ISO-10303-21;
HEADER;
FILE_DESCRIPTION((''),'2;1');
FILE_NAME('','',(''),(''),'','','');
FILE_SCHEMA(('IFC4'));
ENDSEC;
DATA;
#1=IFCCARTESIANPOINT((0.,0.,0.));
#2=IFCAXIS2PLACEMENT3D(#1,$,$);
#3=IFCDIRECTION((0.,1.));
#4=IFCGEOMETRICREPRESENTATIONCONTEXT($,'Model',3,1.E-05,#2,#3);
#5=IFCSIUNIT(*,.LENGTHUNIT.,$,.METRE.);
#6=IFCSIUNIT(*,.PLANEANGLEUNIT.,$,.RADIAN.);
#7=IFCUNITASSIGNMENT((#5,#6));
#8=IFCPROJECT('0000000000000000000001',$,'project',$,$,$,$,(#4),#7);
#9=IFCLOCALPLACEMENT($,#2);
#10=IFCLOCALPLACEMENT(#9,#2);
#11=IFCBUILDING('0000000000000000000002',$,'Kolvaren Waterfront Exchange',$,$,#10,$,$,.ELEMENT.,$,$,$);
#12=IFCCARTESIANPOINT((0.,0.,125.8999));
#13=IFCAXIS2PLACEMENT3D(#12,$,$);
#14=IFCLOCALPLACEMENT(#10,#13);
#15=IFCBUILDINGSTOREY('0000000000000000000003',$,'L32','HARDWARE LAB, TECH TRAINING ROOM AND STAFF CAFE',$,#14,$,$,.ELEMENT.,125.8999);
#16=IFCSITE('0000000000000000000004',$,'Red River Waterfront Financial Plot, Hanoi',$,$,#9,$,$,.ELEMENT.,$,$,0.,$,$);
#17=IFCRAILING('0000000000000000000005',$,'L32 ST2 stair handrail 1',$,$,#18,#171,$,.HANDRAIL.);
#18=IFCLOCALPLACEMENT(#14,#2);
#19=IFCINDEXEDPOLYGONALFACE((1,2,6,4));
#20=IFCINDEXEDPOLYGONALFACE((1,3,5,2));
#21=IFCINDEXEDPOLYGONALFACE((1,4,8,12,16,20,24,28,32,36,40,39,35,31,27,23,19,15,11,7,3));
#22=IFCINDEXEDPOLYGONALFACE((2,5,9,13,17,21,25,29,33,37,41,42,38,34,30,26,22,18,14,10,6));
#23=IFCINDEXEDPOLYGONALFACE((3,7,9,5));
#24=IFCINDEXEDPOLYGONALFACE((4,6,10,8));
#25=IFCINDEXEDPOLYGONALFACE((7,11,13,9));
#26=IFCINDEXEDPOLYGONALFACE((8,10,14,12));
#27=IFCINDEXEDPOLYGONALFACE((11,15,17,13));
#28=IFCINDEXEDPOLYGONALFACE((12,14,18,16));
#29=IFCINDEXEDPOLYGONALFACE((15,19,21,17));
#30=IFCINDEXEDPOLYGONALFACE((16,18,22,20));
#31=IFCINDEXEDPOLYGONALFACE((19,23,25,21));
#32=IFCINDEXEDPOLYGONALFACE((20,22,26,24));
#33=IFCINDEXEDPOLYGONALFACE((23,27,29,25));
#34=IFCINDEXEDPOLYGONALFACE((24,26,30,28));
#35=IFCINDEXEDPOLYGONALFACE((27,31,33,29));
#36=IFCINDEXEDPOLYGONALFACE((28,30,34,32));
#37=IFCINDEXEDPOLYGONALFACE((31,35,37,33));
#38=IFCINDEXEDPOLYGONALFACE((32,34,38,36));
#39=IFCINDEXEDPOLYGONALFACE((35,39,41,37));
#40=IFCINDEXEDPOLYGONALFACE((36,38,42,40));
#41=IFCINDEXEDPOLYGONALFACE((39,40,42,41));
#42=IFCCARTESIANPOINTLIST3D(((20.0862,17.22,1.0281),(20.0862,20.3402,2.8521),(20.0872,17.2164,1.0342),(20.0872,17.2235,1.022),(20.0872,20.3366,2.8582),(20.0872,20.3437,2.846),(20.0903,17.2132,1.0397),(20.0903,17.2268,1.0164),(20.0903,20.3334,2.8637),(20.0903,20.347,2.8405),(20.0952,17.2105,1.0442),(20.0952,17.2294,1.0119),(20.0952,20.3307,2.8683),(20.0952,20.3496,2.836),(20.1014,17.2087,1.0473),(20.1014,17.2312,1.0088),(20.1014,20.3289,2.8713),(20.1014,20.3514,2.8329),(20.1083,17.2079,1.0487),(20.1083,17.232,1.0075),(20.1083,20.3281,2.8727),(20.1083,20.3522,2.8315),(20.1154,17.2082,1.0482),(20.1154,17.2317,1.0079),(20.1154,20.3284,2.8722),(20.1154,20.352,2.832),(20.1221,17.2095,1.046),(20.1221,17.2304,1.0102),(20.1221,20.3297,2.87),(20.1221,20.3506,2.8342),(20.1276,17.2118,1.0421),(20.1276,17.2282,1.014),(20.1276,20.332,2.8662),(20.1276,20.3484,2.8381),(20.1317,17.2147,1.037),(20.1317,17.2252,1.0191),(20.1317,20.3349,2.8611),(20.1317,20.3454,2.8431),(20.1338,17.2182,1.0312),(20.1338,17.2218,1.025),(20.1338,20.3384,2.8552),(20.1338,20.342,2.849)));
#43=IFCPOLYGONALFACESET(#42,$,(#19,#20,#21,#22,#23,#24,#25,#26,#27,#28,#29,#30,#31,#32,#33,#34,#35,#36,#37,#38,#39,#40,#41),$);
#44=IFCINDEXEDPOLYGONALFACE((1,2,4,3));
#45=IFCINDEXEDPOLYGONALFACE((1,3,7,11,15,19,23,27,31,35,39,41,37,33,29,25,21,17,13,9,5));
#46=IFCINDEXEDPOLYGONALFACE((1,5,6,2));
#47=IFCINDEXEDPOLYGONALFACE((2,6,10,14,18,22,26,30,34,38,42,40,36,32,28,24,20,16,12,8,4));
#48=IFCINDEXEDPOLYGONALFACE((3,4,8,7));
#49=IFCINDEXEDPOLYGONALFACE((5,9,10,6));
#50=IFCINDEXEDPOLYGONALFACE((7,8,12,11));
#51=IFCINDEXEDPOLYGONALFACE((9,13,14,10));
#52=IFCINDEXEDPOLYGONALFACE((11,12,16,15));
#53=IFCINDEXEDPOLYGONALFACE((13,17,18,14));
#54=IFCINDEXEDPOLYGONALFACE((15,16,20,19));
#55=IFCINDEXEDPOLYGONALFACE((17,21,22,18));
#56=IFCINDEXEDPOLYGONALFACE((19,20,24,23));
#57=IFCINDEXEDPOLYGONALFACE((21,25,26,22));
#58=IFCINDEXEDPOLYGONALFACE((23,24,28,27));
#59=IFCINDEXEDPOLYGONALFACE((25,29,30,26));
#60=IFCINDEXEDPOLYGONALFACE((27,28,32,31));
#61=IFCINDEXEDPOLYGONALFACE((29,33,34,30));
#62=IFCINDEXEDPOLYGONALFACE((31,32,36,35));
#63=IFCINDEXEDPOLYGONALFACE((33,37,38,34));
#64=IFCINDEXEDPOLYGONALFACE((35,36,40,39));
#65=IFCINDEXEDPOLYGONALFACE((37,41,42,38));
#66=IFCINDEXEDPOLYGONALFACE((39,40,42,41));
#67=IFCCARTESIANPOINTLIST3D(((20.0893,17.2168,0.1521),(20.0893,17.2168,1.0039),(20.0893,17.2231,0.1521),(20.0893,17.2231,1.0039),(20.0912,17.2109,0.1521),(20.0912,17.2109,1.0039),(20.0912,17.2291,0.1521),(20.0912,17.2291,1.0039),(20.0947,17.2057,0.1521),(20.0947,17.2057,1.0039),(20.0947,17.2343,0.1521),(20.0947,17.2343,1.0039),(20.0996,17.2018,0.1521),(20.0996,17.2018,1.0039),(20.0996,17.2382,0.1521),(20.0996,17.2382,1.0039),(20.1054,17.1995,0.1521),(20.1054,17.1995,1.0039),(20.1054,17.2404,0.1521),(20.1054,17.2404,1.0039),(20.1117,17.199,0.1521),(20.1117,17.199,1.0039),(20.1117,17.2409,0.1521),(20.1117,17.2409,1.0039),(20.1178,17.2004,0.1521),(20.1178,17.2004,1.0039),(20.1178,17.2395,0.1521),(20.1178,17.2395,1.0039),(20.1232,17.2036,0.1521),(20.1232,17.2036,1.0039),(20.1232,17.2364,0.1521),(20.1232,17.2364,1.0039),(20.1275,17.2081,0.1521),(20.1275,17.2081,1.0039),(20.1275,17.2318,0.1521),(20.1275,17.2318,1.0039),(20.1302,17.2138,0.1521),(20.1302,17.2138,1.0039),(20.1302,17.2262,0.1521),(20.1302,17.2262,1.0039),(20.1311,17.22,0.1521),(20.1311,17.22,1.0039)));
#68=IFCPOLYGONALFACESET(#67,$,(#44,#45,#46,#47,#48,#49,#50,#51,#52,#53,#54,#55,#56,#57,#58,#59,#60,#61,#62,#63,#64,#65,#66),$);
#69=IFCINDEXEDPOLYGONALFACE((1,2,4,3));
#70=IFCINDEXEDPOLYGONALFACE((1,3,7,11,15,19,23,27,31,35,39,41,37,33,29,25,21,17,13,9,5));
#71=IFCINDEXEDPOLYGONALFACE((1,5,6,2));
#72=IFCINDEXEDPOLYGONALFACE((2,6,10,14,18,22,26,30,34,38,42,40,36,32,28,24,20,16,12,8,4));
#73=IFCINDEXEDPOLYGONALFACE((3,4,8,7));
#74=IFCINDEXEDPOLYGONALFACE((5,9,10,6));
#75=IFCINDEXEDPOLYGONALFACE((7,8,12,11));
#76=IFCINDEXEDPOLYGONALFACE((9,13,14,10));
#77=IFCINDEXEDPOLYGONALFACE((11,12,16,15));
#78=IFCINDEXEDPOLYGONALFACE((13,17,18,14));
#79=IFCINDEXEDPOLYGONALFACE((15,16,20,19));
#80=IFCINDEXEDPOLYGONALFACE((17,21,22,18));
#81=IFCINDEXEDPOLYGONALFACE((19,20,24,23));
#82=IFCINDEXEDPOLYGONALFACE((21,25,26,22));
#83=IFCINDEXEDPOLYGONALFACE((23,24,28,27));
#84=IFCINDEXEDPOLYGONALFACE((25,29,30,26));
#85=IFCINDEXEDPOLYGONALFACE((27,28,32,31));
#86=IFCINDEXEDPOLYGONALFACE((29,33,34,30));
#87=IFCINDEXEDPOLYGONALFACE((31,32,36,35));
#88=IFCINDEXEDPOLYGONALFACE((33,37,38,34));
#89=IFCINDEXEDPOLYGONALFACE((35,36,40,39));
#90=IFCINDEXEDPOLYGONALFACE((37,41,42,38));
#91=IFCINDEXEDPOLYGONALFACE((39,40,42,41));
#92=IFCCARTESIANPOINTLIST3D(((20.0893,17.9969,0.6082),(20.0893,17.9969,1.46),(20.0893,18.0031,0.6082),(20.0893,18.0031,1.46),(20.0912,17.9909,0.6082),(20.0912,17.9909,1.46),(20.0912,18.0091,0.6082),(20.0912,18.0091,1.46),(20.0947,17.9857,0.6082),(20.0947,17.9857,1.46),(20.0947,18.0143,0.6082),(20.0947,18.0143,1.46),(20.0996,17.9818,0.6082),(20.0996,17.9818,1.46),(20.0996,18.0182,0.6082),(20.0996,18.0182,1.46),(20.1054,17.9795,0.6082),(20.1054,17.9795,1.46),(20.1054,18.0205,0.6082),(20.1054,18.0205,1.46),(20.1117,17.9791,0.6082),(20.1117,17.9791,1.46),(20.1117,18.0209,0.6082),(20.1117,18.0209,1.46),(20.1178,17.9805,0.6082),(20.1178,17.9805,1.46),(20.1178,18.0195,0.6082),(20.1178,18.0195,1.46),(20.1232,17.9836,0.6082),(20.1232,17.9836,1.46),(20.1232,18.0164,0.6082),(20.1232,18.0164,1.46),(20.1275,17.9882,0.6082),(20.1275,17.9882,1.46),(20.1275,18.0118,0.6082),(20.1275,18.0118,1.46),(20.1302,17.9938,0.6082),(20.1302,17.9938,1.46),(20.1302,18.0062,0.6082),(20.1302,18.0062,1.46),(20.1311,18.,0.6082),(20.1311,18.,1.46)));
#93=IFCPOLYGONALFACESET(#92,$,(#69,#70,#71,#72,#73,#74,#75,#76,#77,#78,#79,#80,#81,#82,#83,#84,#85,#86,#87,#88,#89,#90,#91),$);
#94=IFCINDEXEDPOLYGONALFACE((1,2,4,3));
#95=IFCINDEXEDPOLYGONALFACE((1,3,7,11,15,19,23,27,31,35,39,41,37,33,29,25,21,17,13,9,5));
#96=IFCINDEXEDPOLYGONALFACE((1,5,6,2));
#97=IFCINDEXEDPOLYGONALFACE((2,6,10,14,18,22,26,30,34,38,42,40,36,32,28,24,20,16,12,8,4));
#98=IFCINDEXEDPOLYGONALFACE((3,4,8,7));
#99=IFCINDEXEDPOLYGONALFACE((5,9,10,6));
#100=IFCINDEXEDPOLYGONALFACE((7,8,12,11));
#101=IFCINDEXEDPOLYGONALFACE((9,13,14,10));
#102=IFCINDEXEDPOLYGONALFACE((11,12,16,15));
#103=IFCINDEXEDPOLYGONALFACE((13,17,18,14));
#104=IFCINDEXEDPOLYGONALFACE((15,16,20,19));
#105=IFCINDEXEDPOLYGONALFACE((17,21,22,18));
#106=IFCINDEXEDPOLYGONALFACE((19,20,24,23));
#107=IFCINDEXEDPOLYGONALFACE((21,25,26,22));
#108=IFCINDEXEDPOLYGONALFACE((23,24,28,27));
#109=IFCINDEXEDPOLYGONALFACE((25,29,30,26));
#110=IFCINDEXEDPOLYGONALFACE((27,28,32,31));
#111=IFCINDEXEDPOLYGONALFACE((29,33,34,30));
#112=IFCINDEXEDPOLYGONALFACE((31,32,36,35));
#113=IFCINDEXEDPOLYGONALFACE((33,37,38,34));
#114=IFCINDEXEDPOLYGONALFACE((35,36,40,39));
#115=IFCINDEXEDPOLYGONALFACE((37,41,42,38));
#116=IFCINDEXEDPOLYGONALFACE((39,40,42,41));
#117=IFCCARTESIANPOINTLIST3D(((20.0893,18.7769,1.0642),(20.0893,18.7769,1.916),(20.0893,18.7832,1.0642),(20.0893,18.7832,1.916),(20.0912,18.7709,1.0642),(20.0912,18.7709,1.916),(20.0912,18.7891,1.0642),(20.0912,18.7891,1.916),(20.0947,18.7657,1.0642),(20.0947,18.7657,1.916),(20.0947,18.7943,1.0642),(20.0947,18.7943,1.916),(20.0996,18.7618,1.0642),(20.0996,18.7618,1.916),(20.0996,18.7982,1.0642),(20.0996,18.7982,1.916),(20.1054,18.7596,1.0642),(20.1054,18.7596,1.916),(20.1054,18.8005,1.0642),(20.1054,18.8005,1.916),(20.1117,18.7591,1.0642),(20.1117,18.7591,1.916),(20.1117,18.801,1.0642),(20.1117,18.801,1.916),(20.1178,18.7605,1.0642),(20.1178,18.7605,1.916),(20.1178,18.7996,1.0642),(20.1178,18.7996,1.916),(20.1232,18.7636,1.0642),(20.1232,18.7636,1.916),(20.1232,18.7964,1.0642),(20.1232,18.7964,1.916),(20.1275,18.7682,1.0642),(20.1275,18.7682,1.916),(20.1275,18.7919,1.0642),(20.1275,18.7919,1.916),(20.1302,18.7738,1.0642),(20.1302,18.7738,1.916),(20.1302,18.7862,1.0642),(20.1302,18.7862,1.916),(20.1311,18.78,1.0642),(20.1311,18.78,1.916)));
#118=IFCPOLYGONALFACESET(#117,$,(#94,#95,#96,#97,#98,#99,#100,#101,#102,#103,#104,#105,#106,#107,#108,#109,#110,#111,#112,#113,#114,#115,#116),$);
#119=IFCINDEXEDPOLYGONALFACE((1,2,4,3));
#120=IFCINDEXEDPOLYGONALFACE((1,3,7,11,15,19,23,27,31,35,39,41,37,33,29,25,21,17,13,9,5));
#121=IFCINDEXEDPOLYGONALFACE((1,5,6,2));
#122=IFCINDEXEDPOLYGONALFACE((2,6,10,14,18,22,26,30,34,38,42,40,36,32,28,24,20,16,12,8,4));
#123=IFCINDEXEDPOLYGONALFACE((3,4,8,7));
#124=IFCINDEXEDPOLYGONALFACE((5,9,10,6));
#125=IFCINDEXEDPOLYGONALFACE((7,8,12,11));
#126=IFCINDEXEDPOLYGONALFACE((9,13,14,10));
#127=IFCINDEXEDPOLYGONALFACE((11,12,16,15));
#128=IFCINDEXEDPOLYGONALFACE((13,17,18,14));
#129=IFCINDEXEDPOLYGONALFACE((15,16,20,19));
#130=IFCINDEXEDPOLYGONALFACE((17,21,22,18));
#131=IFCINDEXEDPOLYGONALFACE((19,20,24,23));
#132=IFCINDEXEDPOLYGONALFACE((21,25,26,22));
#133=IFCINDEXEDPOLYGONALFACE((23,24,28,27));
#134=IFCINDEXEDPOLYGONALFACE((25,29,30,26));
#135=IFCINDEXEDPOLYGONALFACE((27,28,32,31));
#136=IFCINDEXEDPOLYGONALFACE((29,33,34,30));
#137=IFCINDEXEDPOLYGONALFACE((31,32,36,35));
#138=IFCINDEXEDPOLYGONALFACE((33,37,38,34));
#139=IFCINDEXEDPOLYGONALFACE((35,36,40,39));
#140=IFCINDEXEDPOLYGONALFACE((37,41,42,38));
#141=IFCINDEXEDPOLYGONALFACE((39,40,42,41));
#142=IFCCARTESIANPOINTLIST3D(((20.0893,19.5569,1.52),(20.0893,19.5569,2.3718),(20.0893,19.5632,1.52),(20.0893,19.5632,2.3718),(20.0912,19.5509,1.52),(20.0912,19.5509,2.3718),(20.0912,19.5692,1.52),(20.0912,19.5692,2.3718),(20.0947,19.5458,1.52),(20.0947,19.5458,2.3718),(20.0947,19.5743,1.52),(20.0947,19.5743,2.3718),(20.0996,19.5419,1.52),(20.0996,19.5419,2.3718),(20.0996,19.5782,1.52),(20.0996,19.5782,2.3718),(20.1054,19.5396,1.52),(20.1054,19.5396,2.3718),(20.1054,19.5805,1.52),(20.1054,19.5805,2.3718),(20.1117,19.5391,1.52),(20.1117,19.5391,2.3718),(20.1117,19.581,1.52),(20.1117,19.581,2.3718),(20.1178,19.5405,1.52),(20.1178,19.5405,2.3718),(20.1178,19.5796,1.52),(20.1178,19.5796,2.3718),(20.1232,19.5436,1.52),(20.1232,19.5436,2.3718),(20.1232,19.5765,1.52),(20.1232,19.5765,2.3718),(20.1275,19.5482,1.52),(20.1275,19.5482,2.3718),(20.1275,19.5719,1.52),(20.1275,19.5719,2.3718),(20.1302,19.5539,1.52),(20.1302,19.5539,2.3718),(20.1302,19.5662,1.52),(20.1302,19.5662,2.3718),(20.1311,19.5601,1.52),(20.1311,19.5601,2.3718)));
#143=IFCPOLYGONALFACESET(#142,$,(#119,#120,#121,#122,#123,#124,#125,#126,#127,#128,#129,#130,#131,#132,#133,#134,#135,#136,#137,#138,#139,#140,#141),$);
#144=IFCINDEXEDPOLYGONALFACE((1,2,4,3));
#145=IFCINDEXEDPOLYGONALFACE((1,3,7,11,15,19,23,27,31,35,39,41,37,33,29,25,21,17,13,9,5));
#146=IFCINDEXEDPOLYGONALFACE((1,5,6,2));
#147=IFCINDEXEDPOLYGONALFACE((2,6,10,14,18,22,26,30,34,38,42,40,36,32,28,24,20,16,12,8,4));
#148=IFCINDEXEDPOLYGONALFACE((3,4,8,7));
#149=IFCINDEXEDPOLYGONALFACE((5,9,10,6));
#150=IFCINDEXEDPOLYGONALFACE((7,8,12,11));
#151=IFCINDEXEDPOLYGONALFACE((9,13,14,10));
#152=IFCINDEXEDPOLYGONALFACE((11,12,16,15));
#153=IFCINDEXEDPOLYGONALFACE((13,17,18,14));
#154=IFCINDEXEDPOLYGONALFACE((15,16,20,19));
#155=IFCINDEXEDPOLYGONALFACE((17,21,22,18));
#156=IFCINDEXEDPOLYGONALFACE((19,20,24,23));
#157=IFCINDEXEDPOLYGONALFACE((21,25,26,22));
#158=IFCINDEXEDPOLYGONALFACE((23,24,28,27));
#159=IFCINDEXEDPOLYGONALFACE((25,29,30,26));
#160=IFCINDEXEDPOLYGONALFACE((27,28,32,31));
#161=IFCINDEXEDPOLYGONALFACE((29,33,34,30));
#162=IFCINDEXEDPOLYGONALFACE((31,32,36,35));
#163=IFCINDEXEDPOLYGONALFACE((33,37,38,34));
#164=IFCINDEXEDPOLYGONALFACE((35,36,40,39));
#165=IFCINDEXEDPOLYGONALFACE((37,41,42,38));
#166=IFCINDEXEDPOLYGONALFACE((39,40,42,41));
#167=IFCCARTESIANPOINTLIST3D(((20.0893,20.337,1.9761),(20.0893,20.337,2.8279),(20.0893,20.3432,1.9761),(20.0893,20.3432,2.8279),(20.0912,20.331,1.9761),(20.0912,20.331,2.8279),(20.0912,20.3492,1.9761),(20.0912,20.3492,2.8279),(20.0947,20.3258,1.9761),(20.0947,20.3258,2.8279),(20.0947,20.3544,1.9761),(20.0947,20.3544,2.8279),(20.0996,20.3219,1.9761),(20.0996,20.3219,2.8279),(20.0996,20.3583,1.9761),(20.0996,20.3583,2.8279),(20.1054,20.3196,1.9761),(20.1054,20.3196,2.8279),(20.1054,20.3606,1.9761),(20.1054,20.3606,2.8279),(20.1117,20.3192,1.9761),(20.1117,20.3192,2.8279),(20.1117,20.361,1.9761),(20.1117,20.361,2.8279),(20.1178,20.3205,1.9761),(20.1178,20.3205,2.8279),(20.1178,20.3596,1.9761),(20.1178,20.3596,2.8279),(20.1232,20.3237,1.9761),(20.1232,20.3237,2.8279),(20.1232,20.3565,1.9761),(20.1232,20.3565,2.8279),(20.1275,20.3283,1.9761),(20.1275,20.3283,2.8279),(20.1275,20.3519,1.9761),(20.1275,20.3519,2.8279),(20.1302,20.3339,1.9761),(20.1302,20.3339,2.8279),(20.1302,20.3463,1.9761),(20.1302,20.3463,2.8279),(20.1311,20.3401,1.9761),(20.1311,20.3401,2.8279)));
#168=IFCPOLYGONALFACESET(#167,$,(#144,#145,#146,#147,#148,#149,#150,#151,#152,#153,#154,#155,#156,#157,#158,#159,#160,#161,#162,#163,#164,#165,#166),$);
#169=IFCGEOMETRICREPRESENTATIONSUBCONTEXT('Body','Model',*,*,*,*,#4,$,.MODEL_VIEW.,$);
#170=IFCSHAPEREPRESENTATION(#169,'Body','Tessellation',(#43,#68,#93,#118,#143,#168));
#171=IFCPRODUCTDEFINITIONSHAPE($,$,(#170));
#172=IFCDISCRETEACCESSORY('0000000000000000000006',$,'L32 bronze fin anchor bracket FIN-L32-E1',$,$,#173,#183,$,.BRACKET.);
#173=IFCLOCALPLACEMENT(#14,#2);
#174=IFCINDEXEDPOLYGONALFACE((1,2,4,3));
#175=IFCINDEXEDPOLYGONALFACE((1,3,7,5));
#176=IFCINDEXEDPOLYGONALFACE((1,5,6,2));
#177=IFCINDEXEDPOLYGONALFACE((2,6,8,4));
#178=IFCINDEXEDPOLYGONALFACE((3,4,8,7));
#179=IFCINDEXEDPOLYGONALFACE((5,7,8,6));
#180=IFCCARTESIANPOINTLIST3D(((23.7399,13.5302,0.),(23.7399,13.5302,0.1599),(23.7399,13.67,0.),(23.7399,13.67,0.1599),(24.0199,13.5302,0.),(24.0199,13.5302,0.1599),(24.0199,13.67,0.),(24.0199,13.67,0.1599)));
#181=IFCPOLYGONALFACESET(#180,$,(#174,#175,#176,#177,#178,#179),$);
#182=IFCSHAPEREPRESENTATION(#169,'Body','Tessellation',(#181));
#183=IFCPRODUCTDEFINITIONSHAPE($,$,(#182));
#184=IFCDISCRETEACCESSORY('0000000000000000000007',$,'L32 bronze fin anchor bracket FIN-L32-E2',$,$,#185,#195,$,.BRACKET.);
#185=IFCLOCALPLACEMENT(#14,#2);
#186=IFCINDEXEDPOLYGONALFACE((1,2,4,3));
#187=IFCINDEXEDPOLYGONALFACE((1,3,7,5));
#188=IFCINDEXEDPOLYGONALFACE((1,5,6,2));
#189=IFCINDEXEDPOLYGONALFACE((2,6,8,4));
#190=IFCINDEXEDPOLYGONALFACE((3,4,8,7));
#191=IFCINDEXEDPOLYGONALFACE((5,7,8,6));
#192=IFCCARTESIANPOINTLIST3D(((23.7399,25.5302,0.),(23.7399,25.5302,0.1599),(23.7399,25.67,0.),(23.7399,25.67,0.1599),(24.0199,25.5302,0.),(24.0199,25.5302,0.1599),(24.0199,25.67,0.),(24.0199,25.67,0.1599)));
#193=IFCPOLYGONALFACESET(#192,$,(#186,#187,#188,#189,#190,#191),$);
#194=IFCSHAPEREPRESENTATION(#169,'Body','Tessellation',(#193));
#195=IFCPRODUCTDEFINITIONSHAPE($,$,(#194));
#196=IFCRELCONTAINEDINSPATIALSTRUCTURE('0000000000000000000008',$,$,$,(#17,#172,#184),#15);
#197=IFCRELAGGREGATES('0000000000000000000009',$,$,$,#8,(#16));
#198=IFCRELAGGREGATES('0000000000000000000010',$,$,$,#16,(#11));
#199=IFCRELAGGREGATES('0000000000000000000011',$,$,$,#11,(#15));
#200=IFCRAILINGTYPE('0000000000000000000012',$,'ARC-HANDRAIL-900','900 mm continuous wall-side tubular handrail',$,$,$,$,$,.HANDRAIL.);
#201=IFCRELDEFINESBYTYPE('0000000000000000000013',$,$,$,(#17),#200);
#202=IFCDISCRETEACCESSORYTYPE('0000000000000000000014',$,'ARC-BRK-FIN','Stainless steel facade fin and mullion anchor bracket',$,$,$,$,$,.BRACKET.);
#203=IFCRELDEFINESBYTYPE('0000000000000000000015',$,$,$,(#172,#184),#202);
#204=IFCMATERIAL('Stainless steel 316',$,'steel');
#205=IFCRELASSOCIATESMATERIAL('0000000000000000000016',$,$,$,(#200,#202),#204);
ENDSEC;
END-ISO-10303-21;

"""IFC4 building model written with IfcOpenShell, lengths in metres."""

from ifc_helpers import new_model, si_unit, direction, frame, origin, origin_with_axes, origin_2d, place, context, subcontext, project, spatial, rectangle, circle, extrude, source, transform, mapped, material, type_object, element, save


model = new_model("IFC4")

# Units and contexts
model_context = context("Model", 3, precision=1e-05, world=origin(), true_north=direction((0.0, 1.0)))
body_context = subcontext(model_context, "Body", "Model", "MODEL_VIEW")
ifc_project = project(units=[si_unit("LENGTHUNIT", "METRE"), si_unit("PLANEANGLEUNIT", "RADIAN")], contexts=[model_context])

# Site, building, storey
site_placement = place(None, origin())
site = spatial("IfcSite", under=ifc_project, at=site_placement, Name="Red River Waterfront Financial Plot, Hanoi", CompositionType="ELEMENT", RefElevation=0.0)
building_placement = place(site_placement, origin())
building = spatial("IfcBuilding", under=site, at=building_placement, Name="Kolvaren Waterfront Exchange", CompositionType="ELEMENT")
storey_placement = place(building_placement, frame((0.0, 0.0, 125.8999)))
storey = spatial("IfcBuildingStorey", under=building, at=storey_placement, Name="L32", Description="HARDWARE LAB, TECH TRAINING ROOM AND STAFF CAFE", CompositionType="ELEMENT", Elevation=125.8999)

# Railing
ifc_material_1 = material(Name="Stainless steel 316", Category="steel")
railing_type = type_object("IfcRailingType", Name="ARC-HANDRAIL-900", Description="900 mm continuous wall-side tubular handrail", PredefinedType="HANDRAIL", material=ifc_material_1)
railing_placement = place(storey_placement, frame((20.1101, 17.22, 0.1521)))
element("IfcRailing", 1, at=railing_placement, inside=storey, type_object=railing_type, Name="L32 ST2 stair handrail 1", PredefinedType="HANDRAIL", context=body_context, shape_type="SweptSolid", body=[
    extrude(circle(Radius=0.0239, at=origin_2d()), frame((0.0, 0.0, 0.876), z_axis=(0.0, 0.863308, 0.504677), x_axis=(-1.0, 0.0, 0.0)), (0.0, 0.0, 1.0), 3.6143),
    extrude(circle(Radius=0.021, at=origin_2d()), origin(), (0.0, 0.0, 1.0), 0.8518),
    extrude(circle(Radius=0.021, at=origin_2d()), frame((0.0, 0.78, 0.4561)), (0.0, 0.0, 1.0), 0.8518),
    extrude(circle(Radius=0.021, at=origin_2d()), frame((0.0, 1.5601, 0.9121)), (0.0, 0.0, 1.0), 0.8518),
    extrude(circle(Radius=0.021, at=origin_2d()), frame((0.0, 2.3401, 1.3679)), (0.0, 0.0, 1.0), 0.8518),
    extrude(circle(Radius=0.021, at=origin_2d()), frame((0.0, 3.1201, 1.824)), (0.0, 0.0, 1.0), 0.8518),
])

# Discrete accessories
discrete_accessory_type = type_object("IfcDiscreteAccessoryType", Name="ARC-BRK-FIN", Description="Stainless steel facade fin and mullion anchor bracket", PredefinedType="BRACKET", material=ifc_material_1)
shared_shape_1 = source(origin_with_axes(), body_context, "Body", "SweptSolid", [
    extrude(rectangle(XDim=0.28, YDim=0.1399, at=origin_2d()), origin(), (0.0, 0.0, 1.0), 0.1599),
])
for number, where, z_axis, x_axis, name in (
    (2, (23.8799, 13.6001, 0.0), (0.0, 0.0, 1.0), (1.0, 0.0, 0.0), "L32 bronze fin anchor bracket FIN-L32-E1"),
    (3, (23.8799, 25.6001, 0.0), (0.0, 0.0, 1.0), (1.0, 0.0, 0.0), "L32 bronze fin anchor bracket FIN-L32-E2"),
):
    element("IfcDiscreteAccessory", number, at=place(storey_placement, frame(where, z_axis=z_axis, x_axis=x_axis)), inside=storey, type_object=discrete_accessory_type, Name=name, PredefinedType="BRACKET", context=body_context, shape_type="MappedRepresentation", body=[
        mapped(shared_shape_1, transform((0.0, 0.0, 0.0), x_axis=(1.0, 0.0, 0.0), y_axis=(0.0, 1.0, 0.0), z_axis=(0.0, 0.0, 1.0), scale=1.0)),
    ])

save(model, "model.ifc")
